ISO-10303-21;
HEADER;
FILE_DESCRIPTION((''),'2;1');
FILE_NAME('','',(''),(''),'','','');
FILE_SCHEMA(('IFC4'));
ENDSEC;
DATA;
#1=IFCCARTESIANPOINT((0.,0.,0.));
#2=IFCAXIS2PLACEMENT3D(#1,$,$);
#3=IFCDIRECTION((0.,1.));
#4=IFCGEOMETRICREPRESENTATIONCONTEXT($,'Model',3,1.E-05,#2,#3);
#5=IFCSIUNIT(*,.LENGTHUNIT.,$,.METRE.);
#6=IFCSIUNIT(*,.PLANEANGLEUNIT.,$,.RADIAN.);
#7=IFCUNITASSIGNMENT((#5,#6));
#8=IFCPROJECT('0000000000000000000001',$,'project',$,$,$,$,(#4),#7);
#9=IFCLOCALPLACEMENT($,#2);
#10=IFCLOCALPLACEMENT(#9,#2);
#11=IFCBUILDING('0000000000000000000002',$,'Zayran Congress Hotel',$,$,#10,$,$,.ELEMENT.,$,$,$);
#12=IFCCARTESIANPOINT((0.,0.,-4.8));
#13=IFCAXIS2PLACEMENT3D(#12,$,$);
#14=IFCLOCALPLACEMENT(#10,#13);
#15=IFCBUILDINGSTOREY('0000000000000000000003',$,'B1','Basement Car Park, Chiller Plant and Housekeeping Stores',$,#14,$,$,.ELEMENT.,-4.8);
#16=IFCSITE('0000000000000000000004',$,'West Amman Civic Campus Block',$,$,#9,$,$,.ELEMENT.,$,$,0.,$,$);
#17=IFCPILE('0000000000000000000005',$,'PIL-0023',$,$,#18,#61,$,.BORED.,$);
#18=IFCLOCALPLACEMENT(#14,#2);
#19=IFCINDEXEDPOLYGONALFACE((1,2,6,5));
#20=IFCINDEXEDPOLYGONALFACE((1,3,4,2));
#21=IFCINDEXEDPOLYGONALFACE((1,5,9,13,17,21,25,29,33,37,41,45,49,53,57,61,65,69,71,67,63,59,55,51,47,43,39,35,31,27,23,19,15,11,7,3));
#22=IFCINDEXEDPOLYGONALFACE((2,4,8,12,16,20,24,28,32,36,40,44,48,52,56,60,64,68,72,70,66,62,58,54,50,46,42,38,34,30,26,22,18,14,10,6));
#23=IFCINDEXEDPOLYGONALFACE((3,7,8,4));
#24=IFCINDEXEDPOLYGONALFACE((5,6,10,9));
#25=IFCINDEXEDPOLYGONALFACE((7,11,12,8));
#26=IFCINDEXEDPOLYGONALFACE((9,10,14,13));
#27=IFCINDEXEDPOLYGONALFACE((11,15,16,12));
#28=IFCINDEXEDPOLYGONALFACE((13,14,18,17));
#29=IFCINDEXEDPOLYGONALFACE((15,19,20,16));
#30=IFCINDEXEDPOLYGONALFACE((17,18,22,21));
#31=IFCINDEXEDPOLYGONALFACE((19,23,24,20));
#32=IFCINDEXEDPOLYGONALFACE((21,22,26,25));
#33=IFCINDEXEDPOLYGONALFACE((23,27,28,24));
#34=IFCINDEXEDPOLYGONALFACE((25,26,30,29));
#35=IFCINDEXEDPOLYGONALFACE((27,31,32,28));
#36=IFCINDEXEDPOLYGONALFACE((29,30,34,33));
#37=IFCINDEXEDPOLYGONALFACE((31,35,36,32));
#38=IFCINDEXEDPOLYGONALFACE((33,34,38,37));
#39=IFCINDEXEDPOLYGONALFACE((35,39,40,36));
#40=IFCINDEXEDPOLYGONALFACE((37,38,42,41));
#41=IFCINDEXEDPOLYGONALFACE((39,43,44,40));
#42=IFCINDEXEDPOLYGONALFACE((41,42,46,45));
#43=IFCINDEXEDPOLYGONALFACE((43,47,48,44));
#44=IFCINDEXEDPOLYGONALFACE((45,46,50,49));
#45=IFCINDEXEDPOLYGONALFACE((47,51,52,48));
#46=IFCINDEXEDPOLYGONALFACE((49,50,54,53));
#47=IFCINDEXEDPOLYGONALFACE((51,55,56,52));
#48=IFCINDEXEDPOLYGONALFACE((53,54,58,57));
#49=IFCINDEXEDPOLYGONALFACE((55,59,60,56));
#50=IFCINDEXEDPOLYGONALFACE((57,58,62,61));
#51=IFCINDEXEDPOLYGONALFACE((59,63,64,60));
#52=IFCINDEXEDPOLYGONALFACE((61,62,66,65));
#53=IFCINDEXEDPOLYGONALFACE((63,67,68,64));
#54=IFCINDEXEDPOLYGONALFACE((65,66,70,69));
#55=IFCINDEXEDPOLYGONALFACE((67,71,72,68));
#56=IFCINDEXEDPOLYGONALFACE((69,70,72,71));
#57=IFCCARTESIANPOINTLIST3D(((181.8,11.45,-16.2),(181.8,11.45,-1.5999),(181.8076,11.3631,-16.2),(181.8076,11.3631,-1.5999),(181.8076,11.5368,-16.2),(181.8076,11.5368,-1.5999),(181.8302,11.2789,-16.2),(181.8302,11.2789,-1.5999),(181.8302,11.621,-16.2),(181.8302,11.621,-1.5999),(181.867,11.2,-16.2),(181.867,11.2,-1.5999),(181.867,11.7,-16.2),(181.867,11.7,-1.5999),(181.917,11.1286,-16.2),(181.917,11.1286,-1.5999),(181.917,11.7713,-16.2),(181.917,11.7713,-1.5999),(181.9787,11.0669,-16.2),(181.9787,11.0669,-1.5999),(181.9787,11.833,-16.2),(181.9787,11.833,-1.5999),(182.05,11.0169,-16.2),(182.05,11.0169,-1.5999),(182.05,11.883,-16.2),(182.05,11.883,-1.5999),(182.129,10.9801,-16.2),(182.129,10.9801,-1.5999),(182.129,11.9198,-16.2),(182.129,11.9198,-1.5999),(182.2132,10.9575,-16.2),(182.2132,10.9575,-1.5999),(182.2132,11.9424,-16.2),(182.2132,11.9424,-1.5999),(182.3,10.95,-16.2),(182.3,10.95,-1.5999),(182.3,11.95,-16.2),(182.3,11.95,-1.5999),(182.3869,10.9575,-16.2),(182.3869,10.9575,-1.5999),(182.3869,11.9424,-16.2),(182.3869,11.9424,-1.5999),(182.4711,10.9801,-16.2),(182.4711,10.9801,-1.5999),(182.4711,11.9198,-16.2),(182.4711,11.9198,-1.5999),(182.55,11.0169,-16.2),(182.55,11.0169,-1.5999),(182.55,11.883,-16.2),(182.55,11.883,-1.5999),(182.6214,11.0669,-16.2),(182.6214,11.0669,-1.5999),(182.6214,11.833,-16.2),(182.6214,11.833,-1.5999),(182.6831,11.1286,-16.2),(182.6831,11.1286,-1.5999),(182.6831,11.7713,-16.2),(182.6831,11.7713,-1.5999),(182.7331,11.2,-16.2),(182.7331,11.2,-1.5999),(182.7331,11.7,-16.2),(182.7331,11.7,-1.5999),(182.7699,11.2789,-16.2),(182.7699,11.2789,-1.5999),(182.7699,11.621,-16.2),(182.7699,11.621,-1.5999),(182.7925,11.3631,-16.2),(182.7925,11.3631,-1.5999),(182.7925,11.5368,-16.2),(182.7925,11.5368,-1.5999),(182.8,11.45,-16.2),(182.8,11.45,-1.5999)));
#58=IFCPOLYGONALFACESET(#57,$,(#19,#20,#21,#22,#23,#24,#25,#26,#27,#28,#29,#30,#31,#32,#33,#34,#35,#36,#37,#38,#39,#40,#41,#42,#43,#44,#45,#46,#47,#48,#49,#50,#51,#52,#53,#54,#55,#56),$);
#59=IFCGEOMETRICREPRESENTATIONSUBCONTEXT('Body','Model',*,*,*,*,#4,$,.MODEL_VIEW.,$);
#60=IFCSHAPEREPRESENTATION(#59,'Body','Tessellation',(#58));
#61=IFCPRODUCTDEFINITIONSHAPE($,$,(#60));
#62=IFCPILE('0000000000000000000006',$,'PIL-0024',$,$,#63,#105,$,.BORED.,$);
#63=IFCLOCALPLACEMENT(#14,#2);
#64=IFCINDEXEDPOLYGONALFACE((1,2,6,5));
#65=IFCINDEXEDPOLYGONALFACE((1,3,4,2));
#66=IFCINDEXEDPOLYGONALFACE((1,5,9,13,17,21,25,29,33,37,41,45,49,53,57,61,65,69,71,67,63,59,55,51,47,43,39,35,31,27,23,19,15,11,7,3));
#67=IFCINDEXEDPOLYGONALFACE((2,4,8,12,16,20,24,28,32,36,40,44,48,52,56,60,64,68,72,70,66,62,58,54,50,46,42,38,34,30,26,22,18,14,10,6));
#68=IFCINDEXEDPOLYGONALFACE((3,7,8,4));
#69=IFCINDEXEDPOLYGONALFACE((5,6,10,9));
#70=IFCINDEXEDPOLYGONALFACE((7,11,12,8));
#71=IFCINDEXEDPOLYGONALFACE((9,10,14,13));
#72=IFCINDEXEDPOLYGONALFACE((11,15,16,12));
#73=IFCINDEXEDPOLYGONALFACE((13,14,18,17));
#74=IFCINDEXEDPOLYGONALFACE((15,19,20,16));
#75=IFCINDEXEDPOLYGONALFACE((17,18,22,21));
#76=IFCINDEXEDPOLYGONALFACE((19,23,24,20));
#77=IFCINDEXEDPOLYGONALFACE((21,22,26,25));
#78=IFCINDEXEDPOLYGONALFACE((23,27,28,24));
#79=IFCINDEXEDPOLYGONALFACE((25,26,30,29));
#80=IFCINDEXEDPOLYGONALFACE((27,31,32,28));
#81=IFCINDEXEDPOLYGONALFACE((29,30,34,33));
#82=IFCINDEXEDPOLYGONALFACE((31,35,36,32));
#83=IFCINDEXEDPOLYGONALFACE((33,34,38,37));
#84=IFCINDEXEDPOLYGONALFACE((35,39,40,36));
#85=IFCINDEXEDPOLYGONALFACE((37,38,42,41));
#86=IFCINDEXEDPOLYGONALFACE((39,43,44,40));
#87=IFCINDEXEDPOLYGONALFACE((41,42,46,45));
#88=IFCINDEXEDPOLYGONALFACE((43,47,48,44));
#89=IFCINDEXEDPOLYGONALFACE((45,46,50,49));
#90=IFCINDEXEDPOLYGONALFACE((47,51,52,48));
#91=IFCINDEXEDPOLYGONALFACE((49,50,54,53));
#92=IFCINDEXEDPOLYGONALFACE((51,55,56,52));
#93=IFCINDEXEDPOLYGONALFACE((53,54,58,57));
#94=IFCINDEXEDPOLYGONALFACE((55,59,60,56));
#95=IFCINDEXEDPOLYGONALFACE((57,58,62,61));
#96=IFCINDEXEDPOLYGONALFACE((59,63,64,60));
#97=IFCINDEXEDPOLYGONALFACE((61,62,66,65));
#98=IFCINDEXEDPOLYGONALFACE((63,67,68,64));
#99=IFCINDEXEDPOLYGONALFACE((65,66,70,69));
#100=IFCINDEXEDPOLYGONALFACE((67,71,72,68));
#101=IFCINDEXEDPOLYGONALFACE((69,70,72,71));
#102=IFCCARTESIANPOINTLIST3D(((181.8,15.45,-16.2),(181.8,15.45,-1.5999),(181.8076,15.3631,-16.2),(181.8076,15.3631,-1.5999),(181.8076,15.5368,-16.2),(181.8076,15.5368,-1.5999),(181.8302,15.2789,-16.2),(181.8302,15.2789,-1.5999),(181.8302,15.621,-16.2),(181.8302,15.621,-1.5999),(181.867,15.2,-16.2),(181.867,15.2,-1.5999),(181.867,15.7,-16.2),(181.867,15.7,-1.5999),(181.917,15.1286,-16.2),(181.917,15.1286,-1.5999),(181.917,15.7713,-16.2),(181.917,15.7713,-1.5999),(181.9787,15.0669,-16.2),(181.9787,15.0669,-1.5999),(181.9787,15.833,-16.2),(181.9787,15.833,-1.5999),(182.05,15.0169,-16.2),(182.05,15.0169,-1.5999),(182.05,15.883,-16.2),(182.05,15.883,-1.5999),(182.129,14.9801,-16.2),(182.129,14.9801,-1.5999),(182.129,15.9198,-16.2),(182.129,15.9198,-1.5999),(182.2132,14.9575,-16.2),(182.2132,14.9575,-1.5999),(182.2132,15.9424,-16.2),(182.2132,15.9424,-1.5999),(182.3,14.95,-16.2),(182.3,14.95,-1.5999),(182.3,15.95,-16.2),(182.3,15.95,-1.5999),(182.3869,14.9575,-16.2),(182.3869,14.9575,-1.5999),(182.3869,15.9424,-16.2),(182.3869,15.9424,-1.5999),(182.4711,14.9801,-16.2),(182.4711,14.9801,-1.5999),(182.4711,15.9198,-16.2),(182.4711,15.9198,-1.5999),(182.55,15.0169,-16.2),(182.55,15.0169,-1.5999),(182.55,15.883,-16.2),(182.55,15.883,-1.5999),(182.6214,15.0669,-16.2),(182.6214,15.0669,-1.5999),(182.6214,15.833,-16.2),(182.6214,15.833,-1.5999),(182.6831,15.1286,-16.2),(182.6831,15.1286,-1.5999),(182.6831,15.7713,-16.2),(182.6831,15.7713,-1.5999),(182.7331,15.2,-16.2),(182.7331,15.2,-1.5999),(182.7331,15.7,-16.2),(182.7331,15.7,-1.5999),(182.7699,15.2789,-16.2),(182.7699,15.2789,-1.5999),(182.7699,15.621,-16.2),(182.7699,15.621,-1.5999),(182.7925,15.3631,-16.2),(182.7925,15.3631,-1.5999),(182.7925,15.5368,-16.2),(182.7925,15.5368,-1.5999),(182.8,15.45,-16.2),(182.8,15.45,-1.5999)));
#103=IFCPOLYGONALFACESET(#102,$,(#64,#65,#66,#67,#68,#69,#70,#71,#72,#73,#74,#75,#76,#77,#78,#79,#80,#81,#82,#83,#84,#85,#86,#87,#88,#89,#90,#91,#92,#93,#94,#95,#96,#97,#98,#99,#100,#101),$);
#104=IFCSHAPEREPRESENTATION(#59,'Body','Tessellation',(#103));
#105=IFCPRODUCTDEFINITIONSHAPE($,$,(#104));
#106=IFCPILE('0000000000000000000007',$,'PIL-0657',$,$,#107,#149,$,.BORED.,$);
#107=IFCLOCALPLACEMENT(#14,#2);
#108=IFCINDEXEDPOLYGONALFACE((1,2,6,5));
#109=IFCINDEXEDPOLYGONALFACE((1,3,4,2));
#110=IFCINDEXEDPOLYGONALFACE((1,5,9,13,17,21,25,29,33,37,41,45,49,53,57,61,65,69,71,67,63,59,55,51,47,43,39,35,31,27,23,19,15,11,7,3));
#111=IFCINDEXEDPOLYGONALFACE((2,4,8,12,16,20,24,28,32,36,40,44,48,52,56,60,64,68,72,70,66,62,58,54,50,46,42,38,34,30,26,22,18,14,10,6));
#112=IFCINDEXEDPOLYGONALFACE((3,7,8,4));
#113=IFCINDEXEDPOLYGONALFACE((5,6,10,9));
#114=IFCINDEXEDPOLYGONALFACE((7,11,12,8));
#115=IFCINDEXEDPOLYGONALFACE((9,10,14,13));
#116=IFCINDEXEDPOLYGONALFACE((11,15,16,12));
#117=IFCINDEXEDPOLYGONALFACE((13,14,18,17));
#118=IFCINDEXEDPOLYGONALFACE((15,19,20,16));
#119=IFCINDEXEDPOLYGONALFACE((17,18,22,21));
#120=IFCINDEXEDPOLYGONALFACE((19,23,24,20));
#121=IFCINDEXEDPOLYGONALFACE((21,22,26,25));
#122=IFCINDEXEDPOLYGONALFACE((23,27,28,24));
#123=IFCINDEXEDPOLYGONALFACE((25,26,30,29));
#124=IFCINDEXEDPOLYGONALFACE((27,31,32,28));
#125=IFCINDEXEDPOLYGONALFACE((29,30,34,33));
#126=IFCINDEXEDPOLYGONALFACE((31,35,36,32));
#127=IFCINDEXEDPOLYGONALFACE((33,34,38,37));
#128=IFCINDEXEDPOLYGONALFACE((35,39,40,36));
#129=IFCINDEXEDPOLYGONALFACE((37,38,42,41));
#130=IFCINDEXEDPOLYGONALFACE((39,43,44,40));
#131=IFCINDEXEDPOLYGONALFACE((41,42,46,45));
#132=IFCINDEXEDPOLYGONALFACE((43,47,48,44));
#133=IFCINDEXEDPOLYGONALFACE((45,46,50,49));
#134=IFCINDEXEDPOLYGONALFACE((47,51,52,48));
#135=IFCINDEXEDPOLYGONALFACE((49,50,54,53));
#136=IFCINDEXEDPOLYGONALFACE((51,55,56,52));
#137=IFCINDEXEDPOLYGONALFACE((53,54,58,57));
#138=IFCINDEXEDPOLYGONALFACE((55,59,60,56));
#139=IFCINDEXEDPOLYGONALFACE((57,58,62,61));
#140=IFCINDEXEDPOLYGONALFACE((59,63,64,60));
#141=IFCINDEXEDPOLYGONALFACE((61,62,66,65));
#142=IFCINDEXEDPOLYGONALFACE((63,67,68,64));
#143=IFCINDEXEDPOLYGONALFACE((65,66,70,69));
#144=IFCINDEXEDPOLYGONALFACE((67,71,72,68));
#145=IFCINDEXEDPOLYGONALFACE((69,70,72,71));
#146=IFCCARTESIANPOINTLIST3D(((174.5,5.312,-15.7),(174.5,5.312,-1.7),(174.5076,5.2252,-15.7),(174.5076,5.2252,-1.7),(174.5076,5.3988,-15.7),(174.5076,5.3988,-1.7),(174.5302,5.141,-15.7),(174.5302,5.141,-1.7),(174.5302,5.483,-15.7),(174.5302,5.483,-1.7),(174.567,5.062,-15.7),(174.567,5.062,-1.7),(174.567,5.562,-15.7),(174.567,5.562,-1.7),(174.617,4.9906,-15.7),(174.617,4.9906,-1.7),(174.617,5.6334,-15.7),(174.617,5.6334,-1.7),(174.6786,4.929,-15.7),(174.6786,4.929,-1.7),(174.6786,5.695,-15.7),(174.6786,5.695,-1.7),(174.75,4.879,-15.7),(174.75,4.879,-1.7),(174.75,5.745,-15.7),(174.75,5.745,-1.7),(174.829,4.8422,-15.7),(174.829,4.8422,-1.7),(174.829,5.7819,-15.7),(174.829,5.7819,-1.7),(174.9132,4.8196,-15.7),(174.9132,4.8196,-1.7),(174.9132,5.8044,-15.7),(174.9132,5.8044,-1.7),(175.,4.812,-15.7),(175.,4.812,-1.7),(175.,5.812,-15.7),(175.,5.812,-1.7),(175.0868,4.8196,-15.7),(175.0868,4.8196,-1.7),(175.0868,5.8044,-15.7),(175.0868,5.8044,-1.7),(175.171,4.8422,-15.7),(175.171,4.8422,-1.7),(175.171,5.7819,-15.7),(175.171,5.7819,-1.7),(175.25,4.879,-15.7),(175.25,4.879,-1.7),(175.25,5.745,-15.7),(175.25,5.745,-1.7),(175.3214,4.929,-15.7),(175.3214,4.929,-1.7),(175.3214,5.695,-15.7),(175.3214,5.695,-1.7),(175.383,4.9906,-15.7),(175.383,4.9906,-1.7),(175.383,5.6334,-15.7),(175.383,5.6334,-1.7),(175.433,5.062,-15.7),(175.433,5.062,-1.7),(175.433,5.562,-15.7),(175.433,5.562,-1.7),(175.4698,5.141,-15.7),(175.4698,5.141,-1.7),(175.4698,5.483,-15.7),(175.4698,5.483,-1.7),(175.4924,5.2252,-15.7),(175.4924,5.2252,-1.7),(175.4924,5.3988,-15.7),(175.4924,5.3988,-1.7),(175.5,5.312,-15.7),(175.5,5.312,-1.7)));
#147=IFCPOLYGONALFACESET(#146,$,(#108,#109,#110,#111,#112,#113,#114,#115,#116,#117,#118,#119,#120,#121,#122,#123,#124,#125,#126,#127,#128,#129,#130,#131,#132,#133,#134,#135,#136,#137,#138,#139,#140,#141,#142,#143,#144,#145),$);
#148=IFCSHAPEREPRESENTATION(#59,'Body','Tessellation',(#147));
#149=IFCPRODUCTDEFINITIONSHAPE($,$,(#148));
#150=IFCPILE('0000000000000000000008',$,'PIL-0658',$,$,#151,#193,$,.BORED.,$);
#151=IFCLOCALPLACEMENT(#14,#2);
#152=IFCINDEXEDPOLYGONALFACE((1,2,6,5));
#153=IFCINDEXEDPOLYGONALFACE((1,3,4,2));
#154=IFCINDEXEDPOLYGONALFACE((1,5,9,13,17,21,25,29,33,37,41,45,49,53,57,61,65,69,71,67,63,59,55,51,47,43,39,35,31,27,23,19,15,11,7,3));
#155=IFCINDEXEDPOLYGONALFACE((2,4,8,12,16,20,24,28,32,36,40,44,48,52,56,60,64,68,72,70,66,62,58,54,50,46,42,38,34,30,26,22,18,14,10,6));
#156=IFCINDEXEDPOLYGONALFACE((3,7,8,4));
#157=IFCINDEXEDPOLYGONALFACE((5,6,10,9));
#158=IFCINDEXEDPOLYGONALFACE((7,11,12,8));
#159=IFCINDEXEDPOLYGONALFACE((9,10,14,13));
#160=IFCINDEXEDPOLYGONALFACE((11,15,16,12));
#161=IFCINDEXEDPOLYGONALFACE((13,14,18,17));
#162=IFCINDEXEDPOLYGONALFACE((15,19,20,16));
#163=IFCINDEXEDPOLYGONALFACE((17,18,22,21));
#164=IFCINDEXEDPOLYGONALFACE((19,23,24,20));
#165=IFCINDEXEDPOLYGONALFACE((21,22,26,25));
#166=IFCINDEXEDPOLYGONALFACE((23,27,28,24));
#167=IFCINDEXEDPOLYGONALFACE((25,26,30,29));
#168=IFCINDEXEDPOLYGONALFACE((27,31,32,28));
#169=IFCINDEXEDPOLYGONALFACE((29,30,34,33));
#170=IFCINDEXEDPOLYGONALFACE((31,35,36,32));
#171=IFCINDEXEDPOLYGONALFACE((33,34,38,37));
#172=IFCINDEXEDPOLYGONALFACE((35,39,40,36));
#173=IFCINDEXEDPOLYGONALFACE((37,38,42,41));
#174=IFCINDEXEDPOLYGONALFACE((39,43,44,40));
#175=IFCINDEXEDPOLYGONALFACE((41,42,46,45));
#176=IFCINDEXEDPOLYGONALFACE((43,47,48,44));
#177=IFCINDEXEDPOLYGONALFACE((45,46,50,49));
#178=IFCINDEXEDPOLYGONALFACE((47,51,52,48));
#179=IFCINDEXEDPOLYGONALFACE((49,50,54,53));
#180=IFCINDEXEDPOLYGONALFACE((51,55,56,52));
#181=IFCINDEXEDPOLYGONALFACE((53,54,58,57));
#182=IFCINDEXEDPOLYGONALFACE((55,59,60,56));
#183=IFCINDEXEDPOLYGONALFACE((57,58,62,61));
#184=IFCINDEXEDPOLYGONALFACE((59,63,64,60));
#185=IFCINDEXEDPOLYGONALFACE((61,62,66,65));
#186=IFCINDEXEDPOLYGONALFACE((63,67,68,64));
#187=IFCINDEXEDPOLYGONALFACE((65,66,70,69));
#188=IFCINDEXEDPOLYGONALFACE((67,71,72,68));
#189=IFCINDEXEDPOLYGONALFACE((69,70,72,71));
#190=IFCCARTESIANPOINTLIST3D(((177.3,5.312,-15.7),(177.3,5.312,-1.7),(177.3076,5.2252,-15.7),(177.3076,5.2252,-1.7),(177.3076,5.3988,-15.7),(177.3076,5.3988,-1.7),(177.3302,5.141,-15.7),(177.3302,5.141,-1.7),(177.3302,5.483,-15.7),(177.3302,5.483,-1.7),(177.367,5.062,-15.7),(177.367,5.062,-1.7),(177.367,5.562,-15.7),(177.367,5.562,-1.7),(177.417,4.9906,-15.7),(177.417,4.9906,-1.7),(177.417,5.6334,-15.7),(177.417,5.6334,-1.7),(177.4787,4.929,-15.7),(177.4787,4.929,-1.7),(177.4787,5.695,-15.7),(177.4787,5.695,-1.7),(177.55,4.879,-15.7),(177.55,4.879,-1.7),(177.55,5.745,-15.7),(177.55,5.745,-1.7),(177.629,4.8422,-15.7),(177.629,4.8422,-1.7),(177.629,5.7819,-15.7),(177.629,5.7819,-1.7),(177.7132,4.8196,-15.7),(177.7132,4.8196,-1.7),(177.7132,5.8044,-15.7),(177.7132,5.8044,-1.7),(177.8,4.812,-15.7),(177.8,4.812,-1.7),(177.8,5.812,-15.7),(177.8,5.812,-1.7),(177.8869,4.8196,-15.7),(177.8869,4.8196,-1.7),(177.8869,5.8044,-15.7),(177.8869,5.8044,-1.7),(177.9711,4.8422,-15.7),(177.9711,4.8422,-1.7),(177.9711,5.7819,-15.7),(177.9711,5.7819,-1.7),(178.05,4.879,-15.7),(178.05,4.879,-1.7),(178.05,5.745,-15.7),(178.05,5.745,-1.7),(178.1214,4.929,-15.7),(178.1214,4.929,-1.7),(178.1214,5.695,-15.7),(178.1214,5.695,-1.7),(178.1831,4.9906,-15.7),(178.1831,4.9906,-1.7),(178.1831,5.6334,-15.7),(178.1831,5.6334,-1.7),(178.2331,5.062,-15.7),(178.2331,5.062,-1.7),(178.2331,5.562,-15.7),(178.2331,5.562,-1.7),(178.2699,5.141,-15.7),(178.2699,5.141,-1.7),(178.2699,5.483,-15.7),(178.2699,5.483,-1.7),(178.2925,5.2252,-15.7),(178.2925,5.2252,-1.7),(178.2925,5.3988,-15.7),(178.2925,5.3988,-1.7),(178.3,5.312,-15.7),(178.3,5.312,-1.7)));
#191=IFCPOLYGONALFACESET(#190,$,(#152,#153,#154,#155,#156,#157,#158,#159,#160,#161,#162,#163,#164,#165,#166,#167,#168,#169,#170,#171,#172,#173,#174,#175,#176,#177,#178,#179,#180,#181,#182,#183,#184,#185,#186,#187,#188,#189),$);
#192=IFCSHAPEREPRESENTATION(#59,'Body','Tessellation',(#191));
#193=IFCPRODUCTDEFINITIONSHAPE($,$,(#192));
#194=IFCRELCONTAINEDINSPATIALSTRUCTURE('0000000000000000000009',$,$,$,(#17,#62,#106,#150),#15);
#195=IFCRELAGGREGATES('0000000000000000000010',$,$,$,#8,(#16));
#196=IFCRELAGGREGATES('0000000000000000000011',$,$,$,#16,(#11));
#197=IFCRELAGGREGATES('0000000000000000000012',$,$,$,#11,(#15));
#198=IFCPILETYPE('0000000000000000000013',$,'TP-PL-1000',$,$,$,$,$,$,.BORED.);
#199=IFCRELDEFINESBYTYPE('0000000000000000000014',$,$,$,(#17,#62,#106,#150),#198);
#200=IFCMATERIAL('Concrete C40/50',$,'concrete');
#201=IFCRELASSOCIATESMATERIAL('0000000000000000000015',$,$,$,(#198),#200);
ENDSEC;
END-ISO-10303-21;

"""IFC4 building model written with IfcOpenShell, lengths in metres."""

from ifc_helpers import new_model, si_unit, direction, frame, origin, origin_2d, place, context, subcontext, project, spatial, circle, extrude, material, material_profile, profile_set, type_object, element, save


model = new_model("IFC4")

# Units and contexts
model_context = context("Model", 3, precision=1e-05, world=origin(), true_north=direction((0.0, 1.0)))
body_context = subcontext(model_context, "Body", "Model", "MODEL_VIEW")
ifc_project = project(units=[si_unit("LENGTHUNIT", "METRE"), si_unit("PLANEANGLEUNIT", "RADIAN")], contexts=[model_context])

# Site, building, storey
site_placement = place(None, origin())
site = spatial("IfcSite", under=ifc_project, at=site_placement, Name="West Amman Civic Campus Block", CompositionType="ELEMENT", RefElevation=0.0)
building_placement = place(site_placement, origin())
building = spatial("IfcBuilding", under=site, at=building_placement, Name="Zayran Congress Hotel", CompositionType="ELEMENT")
storey_placement = place(building_placement, frame((0.0, 0.0, -4.8)))
storey = spatial("IfcBuildingStorey", under=building, at=storey_placement, Name="B1", Description="Basement Car Park, Chiller Plant and Housekeeping Stores", CompositionType="ELEMENT", Elevation=-4.8)

# Piles
ifc_material = material(Name="Concrete C40/50", Category="concrete")
ifc_material_profile_1 = material_profile(ifc_material, circle(Radius=0.5, at=origin_2d()), Name="PILE D1000")
ifc_profile_set_1 = profile_set([ifc_material_profile_1], Name="Concrete C40/50")
pile_type_1 = type_object("IfcPileType", Name="TP-PL-1000", PredefinedType="BORED", material=ifc_profile_set_1)
for number, where, z_axis, x_axis, name in (
    (1, (182.3, 11.45, -1.5999), (0.0, 0.0, -1.0), (1.0, 0.0, 0.0), "PIL-0023"),
    (2, (182.3, 15.45, -1.5999), (0.0, 0.0, -1.0), (1.0, 0.0, 0.0), "PIL-0024"),
):
    element("IfcPile", number, at=place(storey_placement, frame(where, z_axis=z_axis, x_axis=x_axis)), inside=storey, type_object=pile_type_1, Name=name, PredefinedType="BORED", context=body_context, shape_type="SweptSolid", body=[
        extrude(circle(Radius=0.5, at=origin_2d()), origin(), (0.0, 0.0, 1.0), 14.6001),
    ])
for number, where, z_axis, x_axis, name in (
    (3, (175.0, 5.312, -1.7), (0.0, 0.0, -1.0), (1.0, 0.0, 0.0), "PIL-0657"),
    (4, (177.8, 5.312, -1.7), (0.0, 0.0, -1.0), (1.0, 0.0, 0.0), "PIL-0658"),
):
    element("IfcPile", number, at=place(storey_placement, frame(where, z_axis=z_axis, x_axis=x_axis)), inside=storey, type_object=pile_type_1, Name=name, PredefinedType="BORED", context=body_context, shape_type="SweptSolid", body=[
        extrude(circle(Radius=0.5, at=origin_2d()), origin(), (0.0, 0.0, 1.0), 14.0),
    ])

save(model, "model.ifc")
